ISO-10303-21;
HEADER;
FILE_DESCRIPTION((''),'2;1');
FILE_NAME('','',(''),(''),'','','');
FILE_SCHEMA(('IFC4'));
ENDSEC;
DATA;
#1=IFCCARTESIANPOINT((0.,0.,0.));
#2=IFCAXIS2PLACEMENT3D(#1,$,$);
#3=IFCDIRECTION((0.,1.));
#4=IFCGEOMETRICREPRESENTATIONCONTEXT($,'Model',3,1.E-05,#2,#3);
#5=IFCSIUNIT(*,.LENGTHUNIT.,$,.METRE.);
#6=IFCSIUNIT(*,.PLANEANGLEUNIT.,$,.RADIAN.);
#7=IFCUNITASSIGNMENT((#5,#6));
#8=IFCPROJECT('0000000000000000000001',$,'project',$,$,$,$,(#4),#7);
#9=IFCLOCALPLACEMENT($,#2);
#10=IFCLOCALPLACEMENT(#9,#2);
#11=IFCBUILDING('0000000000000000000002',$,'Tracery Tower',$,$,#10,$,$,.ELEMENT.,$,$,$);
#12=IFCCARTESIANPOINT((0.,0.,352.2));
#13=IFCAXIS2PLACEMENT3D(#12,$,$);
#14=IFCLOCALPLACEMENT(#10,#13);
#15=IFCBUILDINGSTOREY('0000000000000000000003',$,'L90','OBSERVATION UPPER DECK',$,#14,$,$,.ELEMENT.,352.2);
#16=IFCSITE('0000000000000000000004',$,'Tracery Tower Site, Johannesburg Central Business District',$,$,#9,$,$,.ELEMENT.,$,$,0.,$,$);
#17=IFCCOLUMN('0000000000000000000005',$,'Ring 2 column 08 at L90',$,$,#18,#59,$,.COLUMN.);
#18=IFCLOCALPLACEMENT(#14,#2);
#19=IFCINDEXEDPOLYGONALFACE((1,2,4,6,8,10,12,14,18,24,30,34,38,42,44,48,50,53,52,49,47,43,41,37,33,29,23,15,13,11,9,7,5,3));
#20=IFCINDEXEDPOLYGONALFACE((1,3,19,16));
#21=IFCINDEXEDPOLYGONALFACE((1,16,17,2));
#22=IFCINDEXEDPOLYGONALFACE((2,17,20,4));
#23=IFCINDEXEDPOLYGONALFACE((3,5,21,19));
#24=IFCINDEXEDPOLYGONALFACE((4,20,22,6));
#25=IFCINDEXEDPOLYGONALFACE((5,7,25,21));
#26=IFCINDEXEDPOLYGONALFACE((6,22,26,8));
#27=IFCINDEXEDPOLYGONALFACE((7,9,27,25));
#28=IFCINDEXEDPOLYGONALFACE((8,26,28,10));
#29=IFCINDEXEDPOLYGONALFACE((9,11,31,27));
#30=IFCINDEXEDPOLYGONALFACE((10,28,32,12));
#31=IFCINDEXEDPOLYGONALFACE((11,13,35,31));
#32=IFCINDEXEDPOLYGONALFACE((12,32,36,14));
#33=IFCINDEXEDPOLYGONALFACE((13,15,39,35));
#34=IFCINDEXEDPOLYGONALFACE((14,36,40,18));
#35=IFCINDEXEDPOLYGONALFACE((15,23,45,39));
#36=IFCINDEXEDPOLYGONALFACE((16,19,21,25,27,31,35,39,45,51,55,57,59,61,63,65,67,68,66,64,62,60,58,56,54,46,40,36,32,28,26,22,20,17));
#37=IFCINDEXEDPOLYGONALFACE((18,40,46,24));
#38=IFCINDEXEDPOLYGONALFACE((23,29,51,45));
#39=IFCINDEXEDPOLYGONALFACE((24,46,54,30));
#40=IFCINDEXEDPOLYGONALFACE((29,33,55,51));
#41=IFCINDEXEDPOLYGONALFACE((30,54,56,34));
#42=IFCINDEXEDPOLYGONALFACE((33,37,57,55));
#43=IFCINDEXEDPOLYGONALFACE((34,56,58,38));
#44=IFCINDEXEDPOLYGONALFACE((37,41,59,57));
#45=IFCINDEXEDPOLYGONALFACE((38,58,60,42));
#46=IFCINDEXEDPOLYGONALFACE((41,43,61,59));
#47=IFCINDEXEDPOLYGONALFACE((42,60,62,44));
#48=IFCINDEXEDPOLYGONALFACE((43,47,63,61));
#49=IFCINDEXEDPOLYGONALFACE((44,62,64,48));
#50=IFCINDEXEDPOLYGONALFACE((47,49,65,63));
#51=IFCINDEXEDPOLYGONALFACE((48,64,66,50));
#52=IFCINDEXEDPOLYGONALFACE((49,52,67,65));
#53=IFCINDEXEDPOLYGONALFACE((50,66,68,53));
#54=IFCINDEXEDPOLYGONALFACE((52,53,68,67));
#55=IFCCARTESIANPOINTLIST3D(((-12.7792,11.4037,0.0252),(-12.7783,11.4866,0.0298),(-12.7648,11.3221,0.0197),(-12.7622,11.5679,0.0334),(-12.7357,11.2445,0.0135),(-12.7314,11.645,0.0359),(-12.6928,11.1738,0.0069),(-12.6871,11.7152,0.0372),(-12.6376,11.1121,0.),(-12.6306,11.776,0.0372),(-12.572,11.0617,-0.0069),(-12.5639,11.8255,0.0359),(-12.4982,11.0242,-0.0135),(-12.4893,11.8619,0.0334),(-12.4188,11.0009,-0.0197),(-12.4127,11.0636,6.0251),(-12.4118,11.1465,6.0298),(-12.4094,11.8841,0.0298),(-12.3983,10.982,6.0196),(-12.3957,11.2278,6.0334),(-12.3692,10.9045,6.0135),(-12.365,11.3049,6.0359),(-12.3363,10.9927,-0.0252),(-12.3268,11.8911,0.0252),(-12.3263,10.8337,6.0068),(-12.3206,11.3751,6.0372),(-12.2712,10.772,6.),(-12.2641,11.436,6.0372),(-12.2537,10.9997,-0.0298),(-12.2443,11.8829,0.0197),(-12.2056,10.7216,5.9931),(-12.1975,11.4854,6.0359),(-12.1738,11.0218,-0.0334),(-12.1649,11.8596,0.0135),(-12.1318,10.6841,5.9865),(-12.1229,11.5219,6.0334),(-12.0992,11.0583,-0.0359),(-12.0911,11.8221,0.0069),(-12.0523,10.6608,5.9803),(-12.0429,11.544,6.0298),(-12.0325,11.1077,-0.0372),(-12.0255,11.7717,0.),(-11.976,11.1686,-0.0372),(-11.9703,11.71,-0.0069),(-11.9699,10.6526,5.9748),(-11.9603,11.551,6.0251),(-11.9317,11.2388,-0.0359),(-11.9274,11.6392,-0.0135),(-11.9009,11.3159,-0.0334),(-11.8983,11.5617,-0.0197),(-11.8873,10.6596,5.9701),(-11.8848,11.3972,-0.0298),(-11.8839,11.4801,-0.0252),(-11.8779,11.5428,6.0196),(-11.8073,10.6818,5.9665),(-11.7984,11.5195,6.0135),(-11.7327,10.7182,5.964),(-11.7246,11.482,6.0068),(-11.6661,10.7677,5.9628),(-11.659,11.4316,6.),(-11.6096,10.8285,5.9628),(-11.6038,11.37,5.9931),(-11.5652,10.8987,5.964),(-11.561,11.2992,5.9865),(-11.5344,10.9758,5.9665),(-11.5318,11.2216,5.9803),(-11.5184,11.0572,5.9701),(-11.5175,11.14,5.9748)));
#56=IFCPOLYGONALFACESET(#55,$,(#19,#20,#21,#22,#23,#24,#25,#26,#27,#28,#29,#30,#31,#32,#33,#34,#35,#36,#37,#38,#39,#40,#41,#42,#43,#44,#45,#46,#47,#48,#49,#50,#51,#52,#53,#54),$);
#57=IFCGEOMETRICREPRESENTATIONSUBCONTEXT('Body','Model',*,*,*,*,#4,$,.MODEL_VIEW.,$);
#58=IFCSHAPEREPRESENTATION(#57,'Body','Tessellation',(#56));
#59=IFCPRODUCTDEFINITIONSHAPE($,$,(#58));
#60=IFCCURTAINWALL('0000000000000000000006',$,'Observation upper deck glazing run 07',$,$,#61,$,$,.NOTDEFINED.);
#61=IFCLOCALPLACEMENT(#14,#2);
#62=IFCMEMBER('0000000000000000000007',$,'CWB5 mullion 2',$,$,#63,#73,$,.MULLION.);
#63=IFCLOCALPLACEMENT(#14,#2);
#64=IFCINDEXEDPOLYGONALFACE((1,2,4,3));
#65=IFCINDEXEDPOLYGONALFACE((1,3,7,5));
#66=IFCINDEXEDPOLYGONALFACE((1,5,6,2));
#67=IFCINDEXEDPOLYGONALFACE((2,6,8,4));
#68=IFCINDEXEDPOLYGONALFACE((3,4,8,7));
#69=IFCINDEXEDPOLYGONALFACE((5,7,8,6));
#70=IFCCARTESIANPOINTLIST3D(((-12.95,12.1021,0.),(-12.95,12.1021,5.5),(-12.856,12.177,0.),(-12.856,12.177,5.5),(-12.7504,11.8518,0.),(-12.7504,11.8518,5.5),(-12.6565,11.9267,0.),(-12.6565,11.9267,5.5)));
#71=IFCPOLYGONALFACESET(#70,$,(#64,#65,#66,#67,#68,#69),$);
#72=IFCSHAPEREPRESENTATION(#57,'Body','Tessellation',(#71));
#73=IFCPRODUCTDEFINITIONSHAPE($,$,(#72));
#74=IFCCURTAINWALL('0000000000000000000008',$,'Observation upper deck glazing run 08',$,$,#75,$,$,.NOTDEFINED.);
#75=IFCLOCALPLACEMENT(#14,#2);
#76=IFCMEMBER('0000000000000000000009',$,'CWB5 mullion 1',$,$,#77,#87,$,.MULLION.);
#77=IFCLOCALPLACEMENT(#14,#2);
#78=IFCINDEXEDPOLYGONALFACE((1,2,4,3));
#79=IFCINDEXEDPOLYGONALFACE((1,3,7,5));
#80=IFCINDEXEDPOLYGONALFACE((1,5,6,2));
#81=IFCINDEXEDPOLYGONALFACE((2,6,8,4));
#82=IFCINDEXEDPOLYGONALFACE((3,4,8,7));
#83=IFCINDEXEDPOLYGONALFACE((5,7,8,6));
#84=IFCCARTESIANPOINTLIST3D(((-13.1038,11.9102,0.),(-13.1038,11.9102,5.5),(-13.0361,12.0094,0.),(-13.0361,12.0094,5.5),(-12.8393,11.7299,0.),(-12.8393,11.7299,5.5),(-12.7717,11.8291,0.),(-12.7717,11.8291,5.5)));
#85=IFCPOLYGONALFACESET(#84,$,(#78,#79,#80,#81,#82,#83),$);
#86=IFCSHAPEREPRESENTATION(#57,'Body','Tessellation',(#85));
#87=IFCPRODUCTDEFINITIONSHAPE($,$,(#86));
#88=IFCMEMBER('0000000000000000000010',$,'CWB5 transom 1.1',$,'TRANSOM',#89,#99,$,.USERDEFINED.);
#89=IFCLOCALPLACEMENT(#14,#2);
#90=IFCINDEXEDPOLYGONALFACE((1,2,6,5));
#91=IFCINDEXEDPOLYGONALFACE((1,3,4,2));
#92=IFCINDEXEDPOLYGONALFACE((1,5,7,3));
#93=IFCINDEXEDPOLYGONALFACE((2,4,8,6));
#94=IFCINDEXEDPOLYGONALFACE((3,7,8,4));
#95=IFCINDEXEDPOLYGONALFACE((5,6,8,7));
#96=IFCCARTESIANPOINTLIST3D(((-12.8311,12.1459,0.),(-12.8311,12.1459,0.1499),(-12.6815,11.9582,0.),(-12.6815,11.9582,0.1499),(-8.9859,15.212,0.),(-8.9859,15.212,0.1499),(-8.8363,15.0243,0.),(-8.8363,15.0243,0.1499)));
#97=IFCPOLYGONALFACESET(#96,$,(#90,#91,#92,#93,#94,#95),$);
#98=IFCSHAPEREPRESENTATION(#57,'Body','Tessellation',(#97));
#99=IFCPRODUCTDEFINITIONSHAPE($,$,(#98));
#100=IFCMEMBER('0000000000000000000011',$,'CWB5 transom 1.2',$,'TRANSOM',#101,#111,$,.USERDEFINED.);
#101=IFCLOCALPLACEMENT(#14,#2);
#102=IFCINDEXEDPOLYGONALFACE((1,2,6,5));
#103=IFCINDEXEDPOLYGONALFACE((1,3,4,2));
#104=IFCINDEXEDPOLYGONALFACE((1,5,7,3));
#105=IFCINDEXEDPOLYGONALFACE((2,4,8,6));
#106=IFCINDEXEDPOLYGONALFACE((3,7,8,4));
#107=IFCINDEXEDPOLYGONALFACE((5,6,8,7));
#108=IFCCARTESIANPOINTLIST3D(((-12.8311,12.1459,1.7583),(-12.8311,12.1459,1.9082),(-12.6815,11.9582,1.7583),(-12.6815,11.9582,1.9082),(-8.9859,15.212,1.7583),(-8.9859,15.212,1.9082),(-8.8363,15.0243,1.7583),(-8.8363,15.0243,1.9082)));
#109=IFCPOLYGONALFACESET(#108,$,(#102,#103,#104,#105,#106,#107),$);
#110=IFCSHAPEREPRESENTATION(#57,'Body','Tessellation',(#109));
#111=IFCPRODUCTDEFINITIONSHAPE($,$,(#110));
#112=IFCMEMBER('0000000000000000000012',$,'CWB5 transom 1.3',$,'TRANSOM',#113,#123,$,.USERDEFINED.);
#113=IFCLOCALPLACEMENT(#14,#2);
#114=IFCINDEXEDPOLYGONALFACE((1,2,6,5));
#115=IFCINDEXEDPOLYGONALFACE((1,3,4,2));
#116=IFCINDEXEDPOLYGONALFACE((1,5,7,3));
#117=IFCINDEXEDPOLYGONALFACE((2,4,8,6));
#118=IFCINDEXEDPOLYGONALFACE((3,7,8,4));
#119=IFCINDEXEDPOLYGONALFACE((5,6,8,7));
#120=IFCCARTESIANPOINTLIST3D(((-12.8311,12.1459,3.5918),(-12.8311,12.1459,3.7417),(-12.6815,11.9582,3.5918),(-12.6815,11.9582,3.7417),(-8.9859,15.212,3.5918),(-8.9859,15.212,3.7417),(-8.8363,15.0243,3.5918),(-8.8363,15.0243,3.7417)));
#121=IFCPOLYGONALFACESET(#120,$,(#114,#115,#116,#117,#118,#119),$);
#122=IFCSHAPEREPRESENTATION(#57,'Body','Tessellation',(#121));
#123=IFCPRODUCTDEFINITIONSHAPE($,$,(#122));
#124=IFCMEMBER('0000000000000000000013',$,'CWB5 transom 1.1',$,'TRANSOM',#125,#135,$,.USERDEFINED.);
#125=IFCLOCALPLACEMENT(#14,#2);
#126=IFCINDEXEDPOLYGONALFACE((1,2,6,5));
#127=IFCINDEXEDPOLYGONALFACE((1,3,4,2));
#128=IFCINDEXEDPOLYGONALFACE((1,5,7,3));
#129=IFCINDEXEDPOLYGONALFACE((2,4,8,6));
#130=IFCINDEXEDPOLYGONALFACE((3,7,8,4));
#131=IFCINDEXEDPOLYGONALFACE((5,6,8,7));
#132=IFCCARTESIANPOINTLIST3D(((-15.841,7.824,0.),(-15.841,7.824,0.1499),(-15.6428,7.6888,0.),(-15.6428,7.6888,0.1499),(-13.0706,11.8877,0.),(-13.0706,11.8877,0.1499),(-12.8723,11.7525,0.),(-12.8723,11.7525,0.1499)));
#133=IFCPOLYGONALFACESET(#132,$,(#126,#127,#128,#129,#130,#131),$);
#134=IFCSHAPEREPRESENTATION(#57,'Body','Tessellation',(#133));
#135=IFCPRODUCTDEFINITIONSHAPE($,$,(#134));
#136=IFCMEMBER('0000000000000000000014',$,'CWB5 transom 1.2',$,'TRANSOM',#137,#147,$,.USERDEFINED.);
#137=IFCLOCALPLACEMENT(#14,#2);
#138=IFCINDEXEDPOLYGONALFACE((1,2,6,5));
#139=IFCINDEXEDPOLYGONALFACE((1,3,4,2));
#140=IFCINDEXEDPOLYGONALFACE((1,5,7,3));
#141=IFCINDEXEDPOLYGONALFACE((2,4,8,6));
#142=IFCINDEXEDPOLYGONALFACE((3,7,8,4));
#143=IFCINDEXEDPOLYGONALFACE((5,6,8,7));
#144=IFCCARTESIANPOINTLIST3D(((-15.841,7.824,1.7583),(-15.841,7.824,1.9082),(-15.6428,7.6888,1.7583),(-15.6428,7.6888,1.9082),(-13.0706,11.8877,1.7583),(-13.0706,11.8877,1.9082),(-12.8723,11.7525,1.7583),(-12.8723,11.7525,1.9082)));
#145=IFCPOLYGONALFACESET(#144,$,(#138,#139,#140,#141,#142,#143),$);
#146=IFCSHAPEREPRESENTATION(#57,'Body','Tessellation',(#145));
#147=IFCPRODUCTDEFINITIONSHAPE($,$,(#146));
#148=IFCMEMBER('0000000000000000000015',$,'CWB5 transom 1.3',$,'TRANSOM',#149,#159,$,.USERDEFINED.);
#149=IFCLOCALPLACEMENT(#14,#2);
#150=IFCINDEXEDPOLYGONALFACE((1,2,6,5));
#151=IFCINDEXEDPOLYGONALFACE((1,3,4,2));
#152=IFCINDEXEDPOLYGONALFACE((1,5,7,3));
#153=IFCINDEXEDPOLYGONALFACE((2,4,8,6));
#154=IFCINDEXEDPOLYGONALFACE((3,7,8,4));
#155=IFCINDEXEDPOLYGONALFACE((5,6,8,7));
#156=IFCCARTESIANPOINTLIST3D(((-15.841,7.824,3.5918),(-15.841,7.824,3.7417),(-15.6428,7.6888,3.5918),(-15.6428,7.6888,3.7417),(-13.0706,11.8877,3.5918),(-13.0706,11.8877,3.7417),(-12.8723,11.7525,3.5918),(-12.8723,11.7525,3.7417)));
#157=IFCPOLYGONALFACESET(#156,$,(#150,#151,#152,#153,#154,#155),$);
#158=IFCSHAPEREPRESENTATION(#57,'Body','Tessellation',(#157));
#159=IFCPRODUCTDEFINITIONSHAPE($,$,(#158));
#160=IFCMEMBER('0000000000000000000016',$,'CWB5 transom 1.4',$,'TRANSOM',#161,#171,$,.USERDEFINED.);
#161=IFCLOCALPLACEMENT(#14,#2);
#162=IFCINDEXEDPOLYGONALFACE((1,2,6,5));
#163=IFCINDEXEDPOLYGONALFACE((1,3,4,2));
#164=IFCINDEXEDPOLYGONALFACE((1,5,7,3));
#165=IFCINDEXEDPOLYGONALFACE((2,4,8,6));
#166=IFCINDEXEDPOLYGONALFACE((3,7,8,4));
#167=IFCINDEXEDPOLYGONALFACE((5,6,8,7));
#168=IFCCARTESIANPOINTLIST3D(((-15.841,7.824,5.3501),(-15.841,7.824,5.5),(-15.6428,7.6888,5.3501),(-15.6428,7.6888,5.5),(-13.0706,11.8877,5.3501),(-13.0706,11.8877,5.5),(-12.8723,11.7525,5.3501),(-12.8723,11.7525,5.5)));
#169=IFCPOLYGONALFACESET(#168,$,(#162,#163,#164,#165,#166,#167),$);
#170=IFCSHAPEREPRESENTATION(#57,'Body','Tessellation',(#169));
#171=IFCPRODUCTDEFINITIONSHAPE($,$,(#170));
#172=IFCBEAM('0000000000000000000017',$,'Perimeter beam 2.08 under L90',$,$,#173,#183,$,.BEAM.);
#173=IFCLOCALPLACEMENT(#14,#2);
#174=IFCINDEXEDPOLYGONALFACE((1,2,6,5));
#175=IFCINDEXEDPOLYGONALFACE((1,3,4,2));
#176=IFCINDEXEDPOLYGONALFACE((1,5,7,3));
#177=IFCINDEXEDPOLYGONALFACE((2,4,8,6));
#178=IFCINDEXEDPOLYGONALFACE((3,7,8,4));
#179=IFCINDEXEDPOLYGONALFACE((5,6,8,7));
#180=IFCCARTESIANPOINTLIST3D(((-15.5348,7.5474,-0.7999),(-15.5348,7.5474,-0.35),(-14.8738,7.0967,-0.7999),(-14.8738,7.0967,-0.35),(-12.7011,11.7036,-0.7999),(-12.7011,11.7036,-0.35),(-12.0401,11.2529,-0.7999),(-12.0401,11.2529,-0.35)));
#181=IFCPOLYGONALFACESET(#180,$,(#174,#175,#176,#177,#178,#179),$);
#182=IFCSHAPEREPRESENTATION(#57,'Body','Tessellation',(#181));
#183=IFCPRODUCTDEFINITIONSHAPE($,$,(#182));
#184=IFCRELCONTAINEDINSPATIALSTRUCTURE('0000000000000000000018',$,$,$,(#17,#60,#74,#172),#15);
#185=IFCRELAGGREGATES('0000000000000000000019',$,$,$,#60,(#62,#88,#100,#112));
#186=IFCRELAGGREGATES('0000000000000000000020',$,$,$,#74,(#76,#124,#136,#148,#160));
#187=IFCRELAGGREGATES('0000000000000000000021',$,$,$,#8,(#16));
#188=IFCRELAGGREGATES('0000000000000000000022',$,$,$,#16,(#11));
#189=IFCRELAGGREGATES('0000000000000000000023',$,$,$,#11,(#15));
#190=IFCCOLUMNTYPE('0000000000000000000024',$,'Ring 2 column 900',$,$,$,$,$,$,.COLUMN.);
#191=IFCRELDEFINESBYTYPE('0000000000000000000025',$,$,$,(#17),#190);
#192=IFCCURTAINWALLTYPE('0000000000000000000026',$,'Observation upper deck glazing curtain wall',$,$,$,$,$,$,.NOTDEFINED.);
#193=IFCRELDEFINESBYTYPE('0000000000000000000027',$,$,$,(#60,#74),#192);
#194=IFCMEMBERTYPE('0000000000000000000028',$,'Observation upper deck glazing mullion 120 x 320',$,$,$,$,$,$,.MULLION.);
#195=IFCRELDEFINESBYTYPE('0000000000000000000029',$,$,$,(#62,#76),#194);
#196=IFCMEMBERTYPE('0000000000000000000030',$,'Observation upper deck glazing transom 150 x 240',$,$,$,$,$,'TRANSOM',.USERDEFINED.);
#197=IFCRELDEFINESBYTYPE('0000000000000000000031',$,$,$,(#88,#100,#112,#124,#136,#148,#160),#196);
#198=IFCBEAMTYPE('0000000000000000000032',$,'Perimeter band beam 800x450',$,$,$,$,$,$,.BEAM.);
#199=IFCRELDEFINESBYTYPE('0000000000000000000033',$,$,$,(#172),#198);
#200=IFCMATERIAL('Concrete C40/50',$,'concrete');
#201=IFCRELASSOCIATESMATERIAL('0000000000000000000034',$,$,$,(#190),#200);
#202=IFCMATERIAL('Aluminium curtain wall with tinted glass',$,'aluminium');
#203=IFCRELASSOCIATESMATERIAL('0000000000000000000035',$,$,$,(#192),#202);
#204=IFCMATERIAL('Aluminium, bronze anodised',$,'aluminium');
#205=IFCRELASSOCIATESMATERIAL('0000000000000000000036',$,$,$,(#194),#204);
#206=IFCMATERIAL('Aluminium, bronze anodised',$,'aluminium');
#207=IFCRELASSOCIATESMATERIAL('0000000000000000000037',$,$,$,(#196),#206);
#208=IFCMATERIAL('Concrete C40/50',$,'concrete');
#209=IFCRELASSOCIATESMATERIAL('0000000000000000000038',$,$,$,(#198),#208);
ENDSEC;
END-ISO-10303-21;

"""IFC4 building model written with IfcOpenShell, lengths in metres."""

from ifc_helpers import new_model, si_unit, direction, frame, origin, origin_2d, place, context, subcontext, project, spatial, rectangle, circle, extrude, material, material_profile, profile_set, type_object, element, aggregate, save


model = new_model("IFC4")

# Units and contexts
model_context = context("Model", 3, precision=1e-05, world=origin(), true_north=direction((0.0, 1.0)))
body_context = subcontext(model_context, "Body", "Model", "MODEL_VIEW")
ifc_project = project(units=[si_unit("LENGTHUNIT", "METRE"), si_unit("PLANEANGLEUNIT", "RADIAN")], contexts=[model_context])

# Site, building, storey
site_placement = place(None, origin())
site = spatial("IfcSite", under=ifc_project, at=site_placement, Name="Tracery Tower Site, Johannesburg Central Business District", CompositionType="ELEMENT", RefElevation=0.0)
building_placement = place(site_placement, origin())
building = spatial("IfcBuilding", under=site, at=building_placement, Name="Tracery Tower", CompositionType="ELEMENT")
storey_placement = place(building_placement, frame((0.0, 0.0, 352.2)))
storey = spatial("IfcBuildingStorey", under=building, at=storey_placement, Name="L90", Description="OBSERVATION UPPER DECK", CompositionType="ELEMENT", Elevation=352.2)

# Column
ifc_material_1 = material(Name="Concrete C40/50", Category="concrete")
ifc_material_profile_1 = material_profile(ifc_material_1, circle(Radius=0.45, at=origin_2d()), Name="RC D900")
ifc_profile_set_1 = profile_set([ifc_material_profile_1], Name="Concrete C40/50")
column_type = type_object("IfcColumnType", Name="Ring 2 column 900", PredefinedType="COLUMN", material=ifc_profile_set_1)
column_placement = place(storey_placement, frame((-12.3315, 11.4419, 0.0), z_axis=(0.060865, -0.056486, 0.996546), x_axis=(0.680245, 0.732985, 0.0)))
element("IfcColumn", 1, at=column_placement, inside=storey, type_object=column_type, Name="Ring 2 column 08 at L90", PredefinedType="COLUMN", context=body_context, shape_type="SweptSolid", body=[
    extrude(circle(Radius=0.45, at=origin_2d()), origin(), (0.0, 0.0, 1.0), 6.0208),
])

# Curtain walls, members
ifc_material_2 = material(Name="Aluminium curtain wall with tinted glass", Category="aluminium")
curtain_wall_type = type_object("IfcCurtainWallType", Name="Observation upper deck glazing curtain wall", PredefinedType="NOTDEFINED", material=ifc_material_2)
curtain_wall_1_placement = place(storey_placement, origin())
curtain_wall_1 = element("IfcCurtainWall", 2, at=curtain_wall_1_placement, inside=storey, type_object=curtain_wall_type, Name="Observation upper deck glazing run 07", PredefinedType="NOTDEFINED")
ifc_material_3 = material(Name="Aluminium, bronze anodised", Category="aluminium")
ifc_material_profile_2 = material_profile(ifc_material_3, rectangle(XDim=0.3201, YDim=0.1201, at=origin_2d()), Name="Observation upper deck glazing mullion 120 x 320")
ifc_profile_set_2 = profile_set([ifc_material_profile_2], Name="Aluminium, bronze anodised")
member_type_1 = type_object("IfcMemberType", Name="Observation upper deck glazing mullion 120 x 320", PredefinedType="MULLION", material=ifc_profile_set_2)
member_1_placement = place(storey_placement, frame((-12.8032, 12.0144, 0.0), z_axis=(0.0, 0.0, 1.0), x_axis=(0.623481, -0.781838, 0.0)))
member_1 = element("IfcMember", 3, at=member_1_placement, type_object=member_type_1, Name="CWB5 mullion 2", PredefinedType="MULLION", context=body_context, shape_type="SweptSolid", body=[
    extrude(rectangle(XDim=0.3201, YDim=0.1201, at=origin_2d()), origin(), (0.0, 0.0, 1.0), 5.5),
])
curtain_wall_2_placement = place(storey_placement, origin())
curtain_wall_2 = element("IfcCurtainWall", 4, at=curtain_wall_2_placement, inside=storey, type_object=curtain_wall_type, Name="Observation upper deck glazing run 08", PredefinedType="NOTDEFINED")
member_2_placement = place(storey_placement, frame((-12.9377, 11.8696, 0.0), z_axis=(0.0, 0.0, 1.0), x_axis=(0.826243, -0.563314, 0.0)))
member_2 = element("IfcMember", 5, at=member_2_placement, type_object=member_type_1, Name="CWB5 mullion 1", PredefinedType="MULLION", context=body_context, shape_type="SweptSolid", body=[
    extrude(rectangle(XDim=0.3201, YDim=0.1201, at=origin_2d()), origin(), (0.0, 0.0, 1.0), 5.5),
])

# Members
ifc_material_4 = material(Name="Aluminium, bronze anodised", Category="aluminium")
ifc_material_profile_3 = material_profile(ifc_material_4, rectangle(XDim=0.24, YDim=0.1499, at=origin_2d()), Name="Observation upper deck glazing transom 150 x 240")
ifc_profile_set_3 = profile_set([ifc_material_profile_3], Name="Aluminium, bronze anodised")
member_type_2 = type_object("IfcMemberType", Name="Observation upper deck glazing transom 150 x 240", ElementType="TRANSOM", PredefinedType="USERDEFINED", material=ifc_profile_set_3)
member_3_placement = place(storey_placement, frame((-8.9111, 15.1182, 0.075), z_axis=(-0.781861, -0.623453, 0.0), x_axis=(0.623453, -0.781861, 0.0)))
member_3 = element("IfcMember", 6, at=member_3_placement, type_object=member_type_2, Name="CWB5 transom 1.1", ObjectType="TRANSOM", PredefinedType="USERDEFINED", context=body_context, shape_type="SweptSolid", body=[
    extrude(rectangle(XDim=0.24, YDim=0.1499, at=origin_2d()), origin(), (0.0, 0.0, 1.0), 4.918),
])
member_4_placement = place(storey_placement, frame((-8.9111, 15.1182, 1.8333), z_axis=(-0.781861, -0.623453, 0.0), x_axis=(0.623453, -0.781861, 0.0)))
member_4 = element("IfcMember", 7, at=member_4_placement, type_object=member_type_2, Name="CWB5 transom 1.2", ObjectType="TRANSOM", PredefinedType="USERDEFINED", context=body_context, shape_type="SweptSolid", body=[
    extrude(rectangle(XDim=0.24, YDim=0.1499, at=origin_2d()), origin(), (0.0, 0.0, 1.0), 4.918),
])
member_5_placement = place(storey_placement, frame((-8.9111, 15.1182, 3.6667), z_axis=(-0.781861, -0.623453, 0.0), x_axis=(0.623453, -0.781861, 0.0)))
member_5 = element("IfcMember", 8, at=member_5_placement, type_object=member_type_2, Name="CWB5 transom 1.3", ObjectType="TRANSOM", PredefinedType="USERDEFINED", context=body_context, shape_type="SweptSolid", body=[
    extrude(rectangle(XDim=0.24, YDim=0.1499, at=origin_2d()), origin(), (0.0, 0.0, 1.0), 4.918),
])
member_6_placement = place(storey_placement, frame((-12.9714, 11.8201, 0.075), z_axis=(-0.563308, -0.826247, 0.0), x_axis=(0.826247, -0.563308, 0.0)))
member_6 = element("IfcMember", 9, at=member_6_placement, type_object=member_type_2, Name="CWB5 transom 1.1", ObjectType="TRANSOM", PredefinedType="USERDEFINED", context=body_context, shape_type="SweptSolid", body=[
    extrude(rectangle(XDim=0.24, YDim=0.1499, at=origin_2d()), origin(), (0.0, 0.0, 1.0), 4.9182),
])
member_7_placement = place(storey_placement, frame((-12.9714, 11.8201, 1.8333), z_axis=(-0.563308, -0.826247, 0.0), x_axis=(0.826247, -0.563308, 0.0)))
member_7 = element("IfcMember", 10, at=member_7_placement, type_object=member_type_2, Name="CWB5 transom 1.2", ObjectType="TRANSOM", PredefinedType="USERDEFINED", context=body_context, shape_type="SweptSolid", body=[
    extrude(rectangle(XDim=0.24, YDim=0.1499, at=origin_2d()), origin(), (0.0, 0.0, 1.0), 4.9182),
])
member_8_placement = place(storey_placement, frame((-12.9714, 11.8201, 3.6667), z_axis=(-0.563308, -0.826247, 0.0), x_axis=(0.826247, -0.563308, 0.0)))
member_8 = element("IfcMember", 11, at=member_8_placement, type_object=member_type_2, Name="CWB5 transom 1.3", ObjectType="TRANSOM", PredefinedType="USERDEFINED", context=body_context, shape_type="SweptSolid", body=[
    extrude(rectangle(XDim=0.24, YDim=0.1499, at=origin_2d()), origin(), (0.0, 0.0, 1.0), 4.9182),
])
member_9_placement = place(storey_placement, frame((-12.9714, 11.8201, 5.425), z_axis=(-0.563308, -0.826247, 0.0), x_axis=(0.826247, -0.563308, 0.0)))
member_9 = element("IfcMember", 12, at=member_9_placement, type_object=member_type_2, Name="CWB5 transom 1.4", ObjectType="TRANSOM", PredefinedType="USERDEFINED", context=body_context, shape_type="SweptSolid", body=[
    extrude(rectangle(XDim=0.24, YDim=0.1499, at=origin_2d()), origin(), (0.0, 0.0, 1.0), 4.9182),
])

# Beam
ifc_material_5 = material(Name="Concrete C40/50", Category="concrete")
ifc_material_profile_4 = material_profile(ifc_material_5, rectangle(XDim=0.8, YDim=0.45, at=origin_2d()), Name="RC 800x450")
ifc_profile_set_4 = profile_set([ifc_material_profile_4], Name="Concrete C40/50")
beam_type = type_object("IfcBeamType", Name="Perimeter band beam 800x450", PredefinedType="BEAM", material=ifc_profile_set_4)
beam_placement = place(storey_placement, frame((-12.3706, 11.4783, -0.575), z_axis=(-0.563328, -0.826234, 0.0), x_axis=(0.826234, -0.563328, 0.0)))
element("IfcBeam", 13, at=beam_placement, inside=storey, type_object=beam_type, Name="Perimeter beam 2.08 under L90", PredefinedType="BEAM", context=body_context, shape_type="SweptSolid", body=[
    extrude(rectangle(XDim=0.8, YDim=0.45, at=origin_2d()), origin(), (0.0, 0.0, 1.0), 5.0303),
])

aggregate(curtain_wall_1, [member_1, member_3, member_4, member_5])
aggregate(curtain_wall_2, [member_2, member_6, member_7, member_8, member_9])

save(model, "model.ifc")
